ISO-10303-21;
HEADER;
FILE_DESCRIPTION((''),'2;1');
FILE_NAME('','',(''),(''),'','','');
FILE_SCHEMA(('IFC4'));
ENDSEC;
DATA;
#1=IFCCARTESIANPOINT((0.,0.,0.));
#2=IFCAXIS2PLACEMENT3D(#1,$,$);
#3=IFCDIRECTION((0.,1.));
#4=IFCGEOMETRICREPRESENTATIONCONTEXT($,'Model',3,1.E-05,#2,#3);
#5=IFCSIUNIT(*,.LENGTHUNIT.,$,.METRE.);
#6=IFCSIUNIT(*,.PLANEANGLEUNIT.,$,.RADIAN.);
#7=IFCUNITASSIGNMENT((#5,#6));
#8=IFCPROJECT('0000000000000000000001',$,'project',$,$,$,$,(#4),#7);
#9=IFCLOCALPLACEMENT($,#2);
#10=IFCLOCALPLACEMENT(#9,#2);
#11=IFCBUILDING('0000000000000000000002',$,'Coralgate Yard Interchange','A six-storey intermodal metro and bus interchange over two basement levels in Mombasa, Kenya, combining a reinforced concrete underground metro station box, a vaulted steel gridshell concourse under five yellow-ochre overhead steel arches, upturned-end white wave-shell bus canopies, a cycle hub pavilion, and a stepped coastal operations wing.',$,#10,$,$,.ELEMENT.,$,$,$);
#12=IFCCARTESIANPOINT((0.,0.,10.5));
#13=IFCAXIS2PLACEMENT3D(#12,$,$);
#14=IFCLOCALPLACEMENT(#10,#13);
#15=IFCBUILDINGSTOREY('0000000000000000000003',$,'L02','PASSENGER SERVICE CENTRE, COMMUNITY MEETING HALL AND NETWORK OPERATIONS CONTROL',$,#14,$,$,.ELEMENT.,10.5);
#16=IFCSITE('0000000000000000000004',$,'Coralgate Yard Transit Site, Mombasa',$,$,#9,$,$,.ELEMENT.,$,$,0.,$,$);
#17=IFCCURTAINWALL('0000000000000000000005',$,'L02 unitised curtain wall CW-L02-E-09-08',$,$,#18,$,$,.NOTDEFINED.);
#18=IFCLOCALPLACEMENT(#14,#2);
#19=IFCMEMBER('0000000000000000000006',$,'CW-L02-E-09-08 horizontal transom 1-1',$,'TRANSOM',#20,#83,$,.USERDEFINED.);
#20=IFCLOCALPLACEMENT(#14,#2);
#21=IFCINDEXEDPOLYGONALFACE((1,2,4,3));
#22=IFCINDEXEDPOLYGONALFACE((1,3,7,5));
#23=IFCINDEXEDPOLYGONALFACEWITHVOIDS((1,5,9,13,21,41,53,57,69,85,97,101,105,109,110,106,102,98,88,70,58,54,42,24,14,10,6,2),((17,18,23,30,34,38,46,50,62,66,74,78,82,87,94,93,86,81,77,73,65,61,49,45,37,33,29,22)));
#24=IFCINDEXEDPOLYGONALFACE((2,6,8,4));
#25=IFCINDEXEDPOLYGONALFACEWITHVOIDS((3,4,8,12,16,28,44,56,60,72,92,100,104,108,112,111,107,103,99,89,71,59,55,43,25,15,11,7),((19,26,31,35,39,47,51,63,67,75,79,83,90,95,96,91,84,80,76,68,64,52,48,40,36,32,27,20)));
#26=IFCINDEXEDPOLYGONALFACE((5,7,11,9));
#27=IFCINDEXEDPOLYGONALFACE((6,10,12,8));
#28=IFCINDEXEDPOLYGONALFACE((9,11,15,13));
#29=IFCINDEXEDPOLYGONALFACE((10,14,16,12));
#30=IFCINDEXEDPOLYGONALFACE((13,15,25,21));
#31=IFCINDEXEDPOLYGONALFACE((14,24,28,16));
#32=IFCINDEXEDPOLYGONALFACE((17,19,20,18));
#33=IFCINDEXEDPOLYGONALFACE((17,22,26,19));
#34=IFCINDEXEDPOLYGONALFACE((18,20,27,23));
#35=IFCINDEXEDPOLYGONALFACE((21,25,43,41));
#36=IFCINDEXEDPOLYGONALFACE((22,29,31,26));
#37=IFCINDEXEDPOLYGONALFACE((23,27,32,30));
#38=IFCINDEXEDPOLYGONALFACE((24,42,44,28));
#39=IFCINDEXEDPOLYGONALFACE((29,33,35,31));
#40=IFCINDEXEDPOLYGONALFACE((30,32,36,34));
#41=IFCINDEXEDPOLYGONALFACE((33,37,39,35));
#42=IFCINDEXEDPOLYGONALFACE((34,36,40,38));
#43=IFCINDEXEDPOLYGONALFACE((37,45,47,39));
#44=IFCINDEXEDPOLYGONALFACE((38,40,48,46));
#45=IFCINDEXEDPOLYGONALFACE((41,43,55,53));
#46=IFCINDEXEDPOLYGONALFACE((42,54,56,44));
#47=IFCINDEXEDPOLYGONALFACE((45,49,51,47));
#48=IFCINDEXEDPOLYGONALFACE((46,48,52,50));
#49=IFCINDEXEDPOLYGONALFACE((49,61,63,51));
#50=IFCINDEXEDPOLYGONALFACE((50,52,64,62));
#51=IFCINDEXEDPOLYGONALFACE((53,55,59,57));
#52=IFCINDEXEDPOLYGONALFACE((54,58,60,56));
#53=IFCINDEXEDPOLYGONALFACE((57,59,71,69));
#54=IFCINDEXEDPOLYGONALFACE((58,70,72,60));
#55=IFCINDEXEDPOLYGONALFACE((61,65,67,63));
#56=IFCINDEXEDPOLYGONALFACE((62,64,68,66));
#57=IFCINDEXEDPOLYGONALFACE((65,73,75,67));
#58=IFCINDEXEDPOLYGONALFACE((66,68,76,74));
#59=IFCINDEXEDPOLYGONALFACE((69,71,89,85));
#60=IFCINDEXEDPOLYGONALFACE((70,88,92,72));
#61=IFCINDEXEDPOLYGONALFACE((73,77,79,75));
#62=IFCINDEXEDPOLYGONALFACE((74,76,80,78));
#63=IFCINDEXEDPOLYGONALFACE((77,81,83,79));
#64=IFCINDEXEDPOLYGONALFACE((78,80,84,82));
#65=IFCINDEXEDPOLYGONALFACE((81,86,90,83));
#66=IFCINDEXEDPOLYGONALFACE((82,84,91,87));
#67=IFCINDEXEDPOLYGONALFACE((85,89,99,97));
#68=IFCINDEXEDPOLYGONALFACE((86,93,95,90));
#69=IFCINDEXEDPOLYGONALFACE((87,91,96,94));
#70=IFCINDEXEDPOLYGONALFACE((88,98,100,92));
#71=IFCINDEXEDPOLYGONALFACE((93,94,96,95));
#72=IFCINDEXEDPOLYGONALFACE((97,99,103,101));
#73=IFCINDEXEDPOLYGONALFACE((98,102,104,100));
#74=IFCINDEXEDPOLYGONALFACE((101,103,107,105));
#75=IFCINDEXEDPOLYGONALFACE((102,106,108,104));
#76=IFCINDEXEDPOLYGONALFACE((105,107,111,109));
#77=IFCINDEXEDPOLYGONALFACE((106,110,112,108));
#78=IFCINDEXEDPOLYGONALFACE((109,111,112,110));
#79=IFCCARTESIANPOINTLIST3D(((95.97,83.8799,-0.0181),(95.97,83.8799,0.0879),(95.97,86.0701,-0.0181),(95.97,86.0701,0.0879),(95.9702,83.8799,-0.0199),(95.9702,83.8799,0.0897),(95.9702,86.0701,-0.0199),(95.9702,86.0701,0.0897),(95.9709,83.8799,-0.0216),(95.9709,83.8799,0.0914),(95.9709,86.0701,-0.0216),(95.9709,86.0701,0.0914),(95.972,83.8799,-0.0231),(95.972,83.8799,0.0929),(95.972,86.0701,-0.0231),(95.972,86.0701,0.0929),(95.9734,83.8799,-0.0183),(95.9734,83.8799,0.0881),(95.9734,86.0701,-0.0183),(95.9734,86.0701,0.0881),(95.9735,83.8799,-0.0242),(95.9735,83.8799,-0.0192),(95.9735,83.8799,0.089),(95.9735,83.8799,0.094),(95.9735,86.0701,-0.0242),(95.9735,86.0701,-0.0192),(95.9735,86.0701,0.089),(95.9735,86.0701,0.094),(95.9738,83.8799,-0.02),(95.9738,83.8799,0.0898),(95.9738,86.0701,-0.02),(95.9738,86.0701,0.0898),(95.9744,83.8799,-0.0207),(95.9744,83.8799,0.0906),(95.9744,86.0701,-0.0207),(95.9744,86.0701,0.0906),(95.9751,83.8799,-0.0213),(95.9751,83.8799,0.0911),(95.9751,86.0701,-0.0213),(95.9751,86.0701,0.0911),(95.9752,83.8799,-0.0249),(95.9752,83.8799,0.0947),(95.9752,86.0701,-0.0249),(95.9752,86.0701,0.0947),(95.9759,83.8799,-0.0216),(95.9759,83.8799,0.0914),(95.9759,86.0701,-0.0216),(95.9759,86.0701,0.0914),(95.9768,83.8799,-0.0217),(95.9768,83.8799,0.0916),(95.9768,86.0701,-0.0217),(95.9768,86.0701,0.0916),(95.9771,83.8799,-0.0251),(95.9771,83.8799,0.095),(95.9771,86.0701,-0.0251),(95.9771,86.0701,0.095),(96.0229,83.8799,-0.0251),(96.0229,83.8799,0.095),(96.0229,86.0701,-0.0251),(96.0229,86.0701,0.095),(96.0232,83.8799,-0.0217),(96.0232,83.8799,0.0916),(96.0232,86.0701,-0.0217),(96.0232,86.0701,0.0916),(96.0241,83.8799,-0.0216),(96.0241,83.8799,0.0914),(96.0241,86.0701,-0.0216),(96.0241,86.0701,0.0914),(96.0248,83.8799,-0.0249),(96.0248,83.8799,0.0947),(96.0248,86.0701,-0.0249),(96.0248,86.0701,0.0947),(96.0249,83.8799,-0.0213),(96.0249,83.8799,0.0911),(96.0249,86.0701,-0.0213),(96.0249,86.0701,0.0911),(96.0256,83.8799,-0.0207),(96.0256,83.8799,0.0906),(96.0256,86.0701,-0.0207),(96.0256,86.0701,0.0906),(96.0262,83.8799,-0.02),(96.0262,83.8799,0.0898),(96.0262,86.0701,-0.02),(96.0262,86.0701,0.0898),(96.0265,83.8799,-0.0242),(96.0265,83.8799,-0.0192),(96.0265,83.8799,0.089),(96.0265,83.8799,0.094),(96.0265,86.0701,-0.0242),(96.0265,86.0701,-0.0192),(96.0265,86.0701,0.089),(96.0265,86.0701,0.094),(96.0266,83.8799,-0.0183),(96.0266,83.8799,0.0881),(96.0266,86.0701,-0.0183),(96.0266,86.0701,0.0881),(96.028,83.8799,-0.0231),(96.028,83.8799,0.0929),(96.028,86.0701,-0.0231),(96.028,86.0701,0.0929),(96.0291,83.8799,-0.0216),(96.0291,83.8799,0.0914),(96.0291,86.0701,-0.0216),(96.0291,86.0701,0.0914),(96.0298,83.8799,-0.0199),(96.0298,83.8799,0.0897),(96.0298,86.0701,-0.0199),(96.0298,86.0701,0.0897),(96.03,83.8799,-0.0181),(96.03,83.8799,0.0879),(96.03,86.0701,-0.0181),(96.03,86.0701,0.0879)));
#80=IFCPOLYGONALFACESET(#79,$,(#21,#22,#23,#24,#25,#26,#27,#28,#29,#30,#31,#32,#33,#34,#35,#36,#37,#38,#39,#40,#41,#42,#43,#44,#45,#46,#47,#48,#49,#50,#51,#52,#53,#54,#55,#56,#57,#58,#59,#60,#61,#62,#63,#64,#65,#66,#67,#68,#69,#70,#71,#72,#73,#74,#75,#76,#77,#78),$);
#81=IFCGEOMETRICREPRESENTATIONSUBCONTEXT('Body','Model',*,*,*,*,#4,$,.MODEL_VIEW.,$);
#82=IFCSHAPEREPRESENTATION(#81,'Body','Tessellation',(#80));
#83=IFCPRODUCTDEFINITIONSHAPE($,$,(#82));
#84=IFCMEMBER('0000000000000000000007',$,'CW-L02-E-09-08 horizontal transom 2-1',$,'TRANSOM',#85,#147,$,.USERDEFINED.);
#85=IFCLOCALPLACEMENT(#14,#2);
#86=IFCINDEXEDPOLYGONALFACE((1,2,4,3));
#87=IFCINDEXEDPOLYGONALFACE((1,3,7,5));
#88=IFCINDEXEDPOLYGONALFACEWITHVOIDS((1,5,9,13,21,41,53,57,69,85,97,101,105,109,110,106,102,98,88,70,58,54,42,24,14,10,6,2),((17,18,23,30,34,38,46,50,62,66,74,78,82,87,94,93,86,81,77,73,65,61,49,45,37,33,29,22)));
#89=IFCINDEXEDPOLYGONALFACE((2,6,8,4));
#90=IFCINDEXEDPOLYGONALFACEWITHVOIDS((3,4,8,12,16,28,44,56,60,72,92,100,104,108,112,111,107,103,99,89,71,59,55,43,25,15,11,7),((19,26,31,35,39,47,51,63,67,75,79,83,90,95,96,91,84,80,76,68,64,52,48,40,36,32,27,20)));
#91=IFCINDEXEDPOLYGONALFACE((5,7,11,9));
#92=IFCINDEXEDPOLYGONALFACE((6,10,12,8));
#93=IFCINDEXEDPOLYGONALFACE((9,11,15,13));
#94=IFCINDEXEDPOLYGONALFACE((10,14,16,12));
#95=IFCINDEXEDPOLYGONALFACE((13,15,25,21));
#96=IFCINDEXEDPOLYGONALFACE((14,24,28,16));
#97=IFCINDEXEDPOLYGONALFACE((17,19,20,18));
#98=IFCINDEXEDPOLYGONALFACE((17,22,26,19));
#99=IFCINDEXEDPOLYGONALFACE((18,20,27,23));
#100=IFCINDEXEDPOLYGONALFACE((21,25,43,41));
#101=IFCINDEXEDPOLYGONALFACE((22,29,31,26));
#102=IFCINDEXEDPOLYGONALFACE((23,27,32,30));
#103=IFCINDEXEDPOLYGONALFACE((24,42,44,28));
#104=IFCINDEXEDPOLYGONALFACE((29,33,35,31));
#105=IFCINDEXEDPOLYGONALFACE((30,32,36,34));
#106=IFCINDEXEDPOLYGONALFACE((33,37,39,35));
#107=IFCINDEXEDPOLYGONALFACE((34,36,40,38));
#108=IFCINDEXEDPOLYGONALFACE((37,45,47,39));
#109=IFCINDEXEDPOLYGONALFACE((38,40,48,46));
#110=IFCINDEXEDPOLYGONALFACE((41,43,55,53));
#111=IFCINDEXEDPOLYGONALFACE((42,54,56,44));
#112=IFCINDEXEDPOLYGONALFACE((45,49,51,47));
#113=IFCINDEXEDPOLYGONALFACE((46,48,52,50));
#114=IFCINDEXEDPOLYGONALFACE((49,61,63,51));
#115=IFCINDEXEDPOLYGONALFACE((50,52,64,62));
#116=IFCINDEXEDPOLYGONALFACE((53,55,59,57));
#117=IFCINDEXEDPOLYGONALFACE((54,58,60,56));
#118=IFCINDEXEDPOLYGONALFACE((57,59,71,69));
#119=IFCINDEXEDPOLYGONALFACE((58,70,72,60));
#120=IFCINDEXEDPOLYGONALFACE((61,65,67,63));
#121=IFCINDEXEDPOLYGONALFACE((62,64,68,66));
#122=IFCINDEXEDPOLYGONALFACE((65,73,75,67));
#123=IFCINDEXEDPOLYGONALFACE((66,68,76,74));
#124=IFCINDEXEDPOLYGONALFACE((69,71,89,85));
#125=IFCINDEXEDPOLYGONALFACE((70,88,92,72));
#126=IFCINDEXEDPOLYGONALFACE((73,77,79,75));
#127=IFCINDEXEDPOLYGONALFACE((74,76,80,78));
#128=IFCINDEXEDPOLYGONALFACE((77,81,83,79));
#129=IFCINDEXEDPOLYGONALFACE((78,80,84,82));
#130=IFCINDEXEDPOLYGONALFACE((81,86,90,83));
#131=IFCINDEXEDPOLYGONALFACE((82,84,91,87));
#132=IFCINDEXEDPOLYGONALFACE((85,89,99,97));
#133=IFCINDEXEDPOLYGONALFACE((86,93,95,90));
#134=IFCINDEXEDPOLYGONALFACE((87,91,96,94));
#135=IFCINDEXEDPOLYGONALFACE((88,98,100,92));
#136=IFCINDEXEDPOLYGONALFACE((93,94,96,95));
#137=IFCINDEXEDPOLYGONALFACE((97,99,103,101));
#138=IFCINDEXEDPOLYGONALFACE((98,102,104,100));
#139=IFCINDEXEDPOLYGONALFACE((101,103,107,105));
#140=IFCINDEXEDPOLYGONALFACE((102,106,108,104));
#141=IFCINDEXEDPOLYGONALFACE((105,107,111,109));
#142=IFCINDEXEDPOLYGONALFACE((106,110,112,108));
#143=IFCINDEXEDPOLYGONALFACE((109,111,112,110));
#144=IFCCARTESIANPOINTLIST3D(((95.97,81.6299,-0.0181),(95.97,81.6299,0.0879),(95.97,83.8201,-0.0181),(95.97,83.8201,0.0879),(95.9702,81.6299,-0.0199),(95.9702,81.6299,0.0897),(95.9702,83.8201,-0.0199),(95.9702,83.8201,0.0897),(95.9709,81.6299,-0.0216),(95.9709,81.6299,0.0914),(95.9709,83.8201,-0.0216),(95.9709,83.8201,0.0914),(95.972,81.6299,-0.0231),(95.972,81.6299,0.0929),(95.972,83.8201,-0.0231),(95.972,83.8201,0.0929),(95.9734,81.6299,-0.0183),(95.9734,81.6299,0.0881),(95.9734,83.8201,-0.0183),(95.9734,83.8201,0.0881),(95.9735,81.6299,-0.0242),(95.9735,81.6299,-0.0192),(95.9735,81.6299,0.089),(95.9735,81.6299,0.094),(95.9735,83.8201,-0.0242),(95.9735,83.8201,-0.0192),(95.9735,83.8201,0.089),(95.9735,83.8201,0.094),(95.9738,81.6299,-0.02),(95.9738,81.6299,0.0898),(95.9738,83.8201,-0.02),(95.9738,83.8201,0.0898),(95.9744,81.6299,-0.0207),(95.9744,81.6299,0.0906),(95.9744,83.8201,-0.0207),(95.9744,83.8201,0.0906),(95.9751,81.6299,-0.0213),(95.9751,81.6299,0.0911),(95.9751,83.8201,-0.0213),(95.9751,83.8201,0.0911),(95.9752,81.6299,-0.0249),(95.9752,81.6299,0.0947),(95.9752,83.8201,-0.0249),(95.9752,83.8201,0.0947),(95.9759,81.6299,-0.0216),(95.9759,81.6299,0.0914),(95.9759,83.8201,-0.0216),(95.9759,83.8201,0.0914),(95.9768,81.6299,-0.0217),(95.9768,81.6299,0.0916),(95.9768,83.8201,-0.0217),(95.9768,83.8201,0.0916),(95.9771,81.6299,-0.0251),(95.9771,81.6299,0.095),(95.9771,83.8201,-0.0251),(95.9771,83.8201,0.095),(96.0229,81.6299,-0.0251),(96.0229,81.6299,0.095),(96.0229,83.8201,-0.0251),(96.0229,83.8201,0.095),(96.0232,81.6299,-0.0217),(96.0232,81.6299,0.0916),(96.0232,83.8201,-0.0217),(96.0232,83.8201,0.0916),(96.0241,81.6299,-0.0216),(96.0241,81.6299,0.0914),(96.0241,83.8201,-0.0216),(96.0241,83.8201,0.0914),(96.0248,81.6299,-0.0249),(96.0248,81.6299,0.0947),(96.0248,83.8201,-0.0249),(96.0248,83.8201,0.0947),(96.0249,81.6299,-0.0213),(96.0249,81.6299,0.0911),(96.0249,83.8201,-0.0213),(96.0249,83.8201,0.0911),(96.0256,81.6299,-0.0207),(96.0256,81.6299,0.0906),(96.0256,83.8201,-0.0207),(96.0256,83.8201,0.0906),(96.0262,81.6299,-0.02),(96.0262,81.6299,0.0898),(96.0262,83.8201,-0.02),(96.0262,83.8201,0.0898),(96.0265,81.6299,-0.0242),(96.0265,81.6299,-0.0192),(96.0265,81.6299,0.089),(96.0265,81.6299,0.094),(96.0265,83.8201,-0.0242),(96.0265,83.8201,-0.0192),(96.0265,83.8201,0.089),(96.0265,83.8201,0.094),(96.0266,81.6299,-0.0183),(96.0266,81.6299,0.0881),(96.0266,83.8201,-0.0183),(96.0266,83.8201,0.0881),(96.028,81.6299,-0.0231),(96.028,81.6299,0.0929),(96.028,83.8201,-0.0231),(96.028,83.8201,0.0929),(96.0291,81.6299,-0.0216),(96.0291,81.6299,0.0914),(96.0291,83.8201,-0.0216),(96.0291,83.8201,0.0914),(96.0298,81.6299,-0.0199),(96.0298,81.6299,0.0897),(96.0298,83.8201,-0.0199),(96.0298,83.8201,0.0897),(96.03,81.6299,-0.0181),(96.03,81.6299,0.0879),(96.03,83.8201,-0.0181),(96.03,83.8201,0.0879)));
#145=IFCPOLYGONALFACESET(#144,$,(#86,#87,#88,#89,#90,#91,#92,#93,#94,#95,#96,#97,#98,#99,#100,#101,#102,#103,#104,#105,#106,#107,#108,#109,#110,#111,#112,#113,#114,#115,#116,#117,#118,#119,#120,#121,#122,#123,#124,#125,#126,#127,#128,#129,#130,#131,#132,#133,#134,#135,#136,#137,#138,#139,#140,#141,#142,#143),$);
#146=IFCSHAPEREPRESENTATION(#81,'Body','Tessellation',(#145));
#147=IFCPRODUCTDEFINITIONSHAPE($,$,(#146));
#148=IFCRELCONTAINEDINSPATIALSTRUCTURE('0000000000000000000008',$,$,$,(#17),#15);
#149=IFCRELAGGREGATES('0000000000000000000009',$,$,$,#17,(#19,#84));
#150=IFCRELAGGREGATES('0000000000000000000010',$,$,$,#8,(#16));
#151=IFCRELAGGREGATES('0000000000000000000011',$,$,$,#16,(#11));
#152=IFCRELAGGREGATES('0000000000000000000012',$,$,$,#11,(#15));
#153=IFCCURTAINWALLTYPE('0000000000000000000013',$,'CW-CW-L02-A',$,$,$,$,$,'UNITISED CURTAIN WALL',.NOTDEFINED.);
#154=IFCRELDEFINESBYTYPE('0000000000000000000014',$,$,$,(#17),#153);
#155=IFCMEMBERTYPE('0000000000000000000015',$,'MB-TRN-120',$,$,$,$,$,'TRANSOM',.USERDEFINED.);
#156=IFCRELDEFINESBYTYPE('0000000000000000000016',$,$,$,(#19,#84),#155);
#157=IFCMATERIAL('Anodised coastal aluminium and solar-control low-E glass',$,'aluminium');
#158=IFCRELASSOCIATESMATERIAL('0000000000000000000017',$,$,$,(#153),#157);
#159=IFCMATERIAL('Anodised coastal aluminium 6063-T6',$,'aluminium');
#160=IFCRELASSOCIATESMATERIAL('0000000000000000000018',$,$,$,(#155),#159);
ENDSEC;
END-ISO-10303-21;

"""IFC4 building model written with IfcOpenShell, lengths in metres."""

from ifc_helpers import new_model, si_unit, direction, frame, origin, origin_2d, place, context, subcontext, project, spatial, hollow_rectangle, extrude, material, material_profile, profile_set, type_object, element, aggregate, save


model = new_model("IFC4")

# Units and contexts
model_context = context("Model", 3, precision=1e-05, world=origin(), true_north=direction((0.0, 1.0)))
body_context = subcontext(model_context, "Body", "Model", "MODEL_VIEW")
ifc_project = project(units=[si_unit("LENGTHUNIT", "METRE"), si_unit("PLANEANGLEUNIT", "RADIAN")], contexts=[model_context])

# Site, building, storey
site_placement = place(None, origin())
site = spatial("IfcSite", under=ifc_project, at=site_placement, Name="Coralgate Yard Transit Site, Mombasa", CompositionType="ELEMENT", RefElevation=0.0)
building_placement = place(site_placement, origin())
building = spatial("IfcBuilding", under=site, at=building_placement, Name="Coralgate Yard Interchange", Description="A six-storey intermodal metro and bus interchange over two basement levels in Mombasa, Kenya, combining a reinforced concrete underground metro station box, a vaulted steel gridshell concourse under five yellow-ochre overhead steel arches, upturned-end white wave-shell bus canopies, a cycle hub pavilion, and a stepped coastal operations wing.", CompositionType="ELEMENT")
storey_placement = place(building_placement, frame((0.0, 0.0, 10.5)))
storey = spatial("IfcBuildingStorey", under=building, at=storey_placement, Name="L02", Description="PASSENGER SERVICE CENTRE, COMMUNITY MEETING HALL AND NETWORK OPERATIONS CONTROL", CompositionType="ELEMENT", Elevation=10.5)

# Shared definitions
ifc_material_1 = material(Name="Anodised coastal aluminium and solar-control low-E glass", Category="aluminium")
curtain_wall_type = type_object("IfcCurtainWallType", Name="CW-CW-L02-A", ElementType="UNITISED CURTAIN WALL", PredefinedType="NOTDEFINED", material=ifc_material_1)
ifc_material_2 = material(Name="Anodised coastal aluminium 6063-T6", Category="aluminium")

# Curtain wall
curtain_wall_1_placement = place(storey_placement, origin())
curtain_wall_1 = element("IfcCurtainWall", 1, at=curtain_wall_1_placement, inside=storey, type_object=curtain_wall_type, Name="L02 unitised curtain wall CW-L02-E-09-08", PredefinedType="NOTDEFINED")

# Members
ifc_material_profile_1 = material_profile(ifc_material_2, hollow_rectangle(XDim=0.0601, YDim=0.1201, WallThickness=0.0034, InnerFilletRadius=0.0034, OuterFilletRadius=0.0071, at=origin_2d()), Name="ALU 60x120x3.5")
ifc_profile_set_1 = profile_set([ifc_material_profile_1], Name="Anodised coastal aluminium 6063-T6")
member_type_1 = type_object("IfcMemberType", Name="MB-TRN-120", ElementType="TRANSOM", PredefinedType="USERDEFINED", material=ifc_profile_set_1)
member_1_placement = place(storey_placement, frame((96.0, 86.0701, 0.0349), z_axis=(0.0, -1.0, 0.0), x_axis=(1.0, 0.0, 0.0)))
member_1 = element("IfcMember", 2, at=member_1_placement, type_object=member_type_1, Name="CW-L02-E-09-08 horizontal transom 1-1", ObjectType="TRANSOM", PredefinedType="USERDEFINED", context=body_context, shape_type="SweptSolid", body=[
    extrude(hollow_rectangle(XDim=0.0601, YDim=0.1201, WallThickness=0.0034, InnerFilletRadius=0.0034, OuterFilletRadius=0.0071, at=origin_2d()), origin(), (0.0, 0.0, 1.0), 2.1902),
])
member_2_placement = place(storey_placement, frame((96.0, 83.8201, 0.0349), z_axis=(0.0, -1.0, 0.0), x_axis=(1.0, 0.0, 0.0)))
member_2 = element("IfcMember", 3, at=member_2_placement, type_object=member_type_1, Name="CW-L02-E-09-08 horizontal transom 2-1", ObjectType="TRANSOM", PredefinedType="USERDEFINED", context=body_context, shape_type="SweptSolid", body=[
    extrude(hollow_rectangle(XDim=0.0601, YDim=0.1201, WallThickness=0.0034, InnerFilletRadius=0.0034, OuterFilletRadius=0.0071, at=origin_2d()), origin(), (0.0, 0.0, 1.0), 2.1902),
])

aggregate(curtain_wall_1, [member_1, member_2])

save(model, "model.ifc")
